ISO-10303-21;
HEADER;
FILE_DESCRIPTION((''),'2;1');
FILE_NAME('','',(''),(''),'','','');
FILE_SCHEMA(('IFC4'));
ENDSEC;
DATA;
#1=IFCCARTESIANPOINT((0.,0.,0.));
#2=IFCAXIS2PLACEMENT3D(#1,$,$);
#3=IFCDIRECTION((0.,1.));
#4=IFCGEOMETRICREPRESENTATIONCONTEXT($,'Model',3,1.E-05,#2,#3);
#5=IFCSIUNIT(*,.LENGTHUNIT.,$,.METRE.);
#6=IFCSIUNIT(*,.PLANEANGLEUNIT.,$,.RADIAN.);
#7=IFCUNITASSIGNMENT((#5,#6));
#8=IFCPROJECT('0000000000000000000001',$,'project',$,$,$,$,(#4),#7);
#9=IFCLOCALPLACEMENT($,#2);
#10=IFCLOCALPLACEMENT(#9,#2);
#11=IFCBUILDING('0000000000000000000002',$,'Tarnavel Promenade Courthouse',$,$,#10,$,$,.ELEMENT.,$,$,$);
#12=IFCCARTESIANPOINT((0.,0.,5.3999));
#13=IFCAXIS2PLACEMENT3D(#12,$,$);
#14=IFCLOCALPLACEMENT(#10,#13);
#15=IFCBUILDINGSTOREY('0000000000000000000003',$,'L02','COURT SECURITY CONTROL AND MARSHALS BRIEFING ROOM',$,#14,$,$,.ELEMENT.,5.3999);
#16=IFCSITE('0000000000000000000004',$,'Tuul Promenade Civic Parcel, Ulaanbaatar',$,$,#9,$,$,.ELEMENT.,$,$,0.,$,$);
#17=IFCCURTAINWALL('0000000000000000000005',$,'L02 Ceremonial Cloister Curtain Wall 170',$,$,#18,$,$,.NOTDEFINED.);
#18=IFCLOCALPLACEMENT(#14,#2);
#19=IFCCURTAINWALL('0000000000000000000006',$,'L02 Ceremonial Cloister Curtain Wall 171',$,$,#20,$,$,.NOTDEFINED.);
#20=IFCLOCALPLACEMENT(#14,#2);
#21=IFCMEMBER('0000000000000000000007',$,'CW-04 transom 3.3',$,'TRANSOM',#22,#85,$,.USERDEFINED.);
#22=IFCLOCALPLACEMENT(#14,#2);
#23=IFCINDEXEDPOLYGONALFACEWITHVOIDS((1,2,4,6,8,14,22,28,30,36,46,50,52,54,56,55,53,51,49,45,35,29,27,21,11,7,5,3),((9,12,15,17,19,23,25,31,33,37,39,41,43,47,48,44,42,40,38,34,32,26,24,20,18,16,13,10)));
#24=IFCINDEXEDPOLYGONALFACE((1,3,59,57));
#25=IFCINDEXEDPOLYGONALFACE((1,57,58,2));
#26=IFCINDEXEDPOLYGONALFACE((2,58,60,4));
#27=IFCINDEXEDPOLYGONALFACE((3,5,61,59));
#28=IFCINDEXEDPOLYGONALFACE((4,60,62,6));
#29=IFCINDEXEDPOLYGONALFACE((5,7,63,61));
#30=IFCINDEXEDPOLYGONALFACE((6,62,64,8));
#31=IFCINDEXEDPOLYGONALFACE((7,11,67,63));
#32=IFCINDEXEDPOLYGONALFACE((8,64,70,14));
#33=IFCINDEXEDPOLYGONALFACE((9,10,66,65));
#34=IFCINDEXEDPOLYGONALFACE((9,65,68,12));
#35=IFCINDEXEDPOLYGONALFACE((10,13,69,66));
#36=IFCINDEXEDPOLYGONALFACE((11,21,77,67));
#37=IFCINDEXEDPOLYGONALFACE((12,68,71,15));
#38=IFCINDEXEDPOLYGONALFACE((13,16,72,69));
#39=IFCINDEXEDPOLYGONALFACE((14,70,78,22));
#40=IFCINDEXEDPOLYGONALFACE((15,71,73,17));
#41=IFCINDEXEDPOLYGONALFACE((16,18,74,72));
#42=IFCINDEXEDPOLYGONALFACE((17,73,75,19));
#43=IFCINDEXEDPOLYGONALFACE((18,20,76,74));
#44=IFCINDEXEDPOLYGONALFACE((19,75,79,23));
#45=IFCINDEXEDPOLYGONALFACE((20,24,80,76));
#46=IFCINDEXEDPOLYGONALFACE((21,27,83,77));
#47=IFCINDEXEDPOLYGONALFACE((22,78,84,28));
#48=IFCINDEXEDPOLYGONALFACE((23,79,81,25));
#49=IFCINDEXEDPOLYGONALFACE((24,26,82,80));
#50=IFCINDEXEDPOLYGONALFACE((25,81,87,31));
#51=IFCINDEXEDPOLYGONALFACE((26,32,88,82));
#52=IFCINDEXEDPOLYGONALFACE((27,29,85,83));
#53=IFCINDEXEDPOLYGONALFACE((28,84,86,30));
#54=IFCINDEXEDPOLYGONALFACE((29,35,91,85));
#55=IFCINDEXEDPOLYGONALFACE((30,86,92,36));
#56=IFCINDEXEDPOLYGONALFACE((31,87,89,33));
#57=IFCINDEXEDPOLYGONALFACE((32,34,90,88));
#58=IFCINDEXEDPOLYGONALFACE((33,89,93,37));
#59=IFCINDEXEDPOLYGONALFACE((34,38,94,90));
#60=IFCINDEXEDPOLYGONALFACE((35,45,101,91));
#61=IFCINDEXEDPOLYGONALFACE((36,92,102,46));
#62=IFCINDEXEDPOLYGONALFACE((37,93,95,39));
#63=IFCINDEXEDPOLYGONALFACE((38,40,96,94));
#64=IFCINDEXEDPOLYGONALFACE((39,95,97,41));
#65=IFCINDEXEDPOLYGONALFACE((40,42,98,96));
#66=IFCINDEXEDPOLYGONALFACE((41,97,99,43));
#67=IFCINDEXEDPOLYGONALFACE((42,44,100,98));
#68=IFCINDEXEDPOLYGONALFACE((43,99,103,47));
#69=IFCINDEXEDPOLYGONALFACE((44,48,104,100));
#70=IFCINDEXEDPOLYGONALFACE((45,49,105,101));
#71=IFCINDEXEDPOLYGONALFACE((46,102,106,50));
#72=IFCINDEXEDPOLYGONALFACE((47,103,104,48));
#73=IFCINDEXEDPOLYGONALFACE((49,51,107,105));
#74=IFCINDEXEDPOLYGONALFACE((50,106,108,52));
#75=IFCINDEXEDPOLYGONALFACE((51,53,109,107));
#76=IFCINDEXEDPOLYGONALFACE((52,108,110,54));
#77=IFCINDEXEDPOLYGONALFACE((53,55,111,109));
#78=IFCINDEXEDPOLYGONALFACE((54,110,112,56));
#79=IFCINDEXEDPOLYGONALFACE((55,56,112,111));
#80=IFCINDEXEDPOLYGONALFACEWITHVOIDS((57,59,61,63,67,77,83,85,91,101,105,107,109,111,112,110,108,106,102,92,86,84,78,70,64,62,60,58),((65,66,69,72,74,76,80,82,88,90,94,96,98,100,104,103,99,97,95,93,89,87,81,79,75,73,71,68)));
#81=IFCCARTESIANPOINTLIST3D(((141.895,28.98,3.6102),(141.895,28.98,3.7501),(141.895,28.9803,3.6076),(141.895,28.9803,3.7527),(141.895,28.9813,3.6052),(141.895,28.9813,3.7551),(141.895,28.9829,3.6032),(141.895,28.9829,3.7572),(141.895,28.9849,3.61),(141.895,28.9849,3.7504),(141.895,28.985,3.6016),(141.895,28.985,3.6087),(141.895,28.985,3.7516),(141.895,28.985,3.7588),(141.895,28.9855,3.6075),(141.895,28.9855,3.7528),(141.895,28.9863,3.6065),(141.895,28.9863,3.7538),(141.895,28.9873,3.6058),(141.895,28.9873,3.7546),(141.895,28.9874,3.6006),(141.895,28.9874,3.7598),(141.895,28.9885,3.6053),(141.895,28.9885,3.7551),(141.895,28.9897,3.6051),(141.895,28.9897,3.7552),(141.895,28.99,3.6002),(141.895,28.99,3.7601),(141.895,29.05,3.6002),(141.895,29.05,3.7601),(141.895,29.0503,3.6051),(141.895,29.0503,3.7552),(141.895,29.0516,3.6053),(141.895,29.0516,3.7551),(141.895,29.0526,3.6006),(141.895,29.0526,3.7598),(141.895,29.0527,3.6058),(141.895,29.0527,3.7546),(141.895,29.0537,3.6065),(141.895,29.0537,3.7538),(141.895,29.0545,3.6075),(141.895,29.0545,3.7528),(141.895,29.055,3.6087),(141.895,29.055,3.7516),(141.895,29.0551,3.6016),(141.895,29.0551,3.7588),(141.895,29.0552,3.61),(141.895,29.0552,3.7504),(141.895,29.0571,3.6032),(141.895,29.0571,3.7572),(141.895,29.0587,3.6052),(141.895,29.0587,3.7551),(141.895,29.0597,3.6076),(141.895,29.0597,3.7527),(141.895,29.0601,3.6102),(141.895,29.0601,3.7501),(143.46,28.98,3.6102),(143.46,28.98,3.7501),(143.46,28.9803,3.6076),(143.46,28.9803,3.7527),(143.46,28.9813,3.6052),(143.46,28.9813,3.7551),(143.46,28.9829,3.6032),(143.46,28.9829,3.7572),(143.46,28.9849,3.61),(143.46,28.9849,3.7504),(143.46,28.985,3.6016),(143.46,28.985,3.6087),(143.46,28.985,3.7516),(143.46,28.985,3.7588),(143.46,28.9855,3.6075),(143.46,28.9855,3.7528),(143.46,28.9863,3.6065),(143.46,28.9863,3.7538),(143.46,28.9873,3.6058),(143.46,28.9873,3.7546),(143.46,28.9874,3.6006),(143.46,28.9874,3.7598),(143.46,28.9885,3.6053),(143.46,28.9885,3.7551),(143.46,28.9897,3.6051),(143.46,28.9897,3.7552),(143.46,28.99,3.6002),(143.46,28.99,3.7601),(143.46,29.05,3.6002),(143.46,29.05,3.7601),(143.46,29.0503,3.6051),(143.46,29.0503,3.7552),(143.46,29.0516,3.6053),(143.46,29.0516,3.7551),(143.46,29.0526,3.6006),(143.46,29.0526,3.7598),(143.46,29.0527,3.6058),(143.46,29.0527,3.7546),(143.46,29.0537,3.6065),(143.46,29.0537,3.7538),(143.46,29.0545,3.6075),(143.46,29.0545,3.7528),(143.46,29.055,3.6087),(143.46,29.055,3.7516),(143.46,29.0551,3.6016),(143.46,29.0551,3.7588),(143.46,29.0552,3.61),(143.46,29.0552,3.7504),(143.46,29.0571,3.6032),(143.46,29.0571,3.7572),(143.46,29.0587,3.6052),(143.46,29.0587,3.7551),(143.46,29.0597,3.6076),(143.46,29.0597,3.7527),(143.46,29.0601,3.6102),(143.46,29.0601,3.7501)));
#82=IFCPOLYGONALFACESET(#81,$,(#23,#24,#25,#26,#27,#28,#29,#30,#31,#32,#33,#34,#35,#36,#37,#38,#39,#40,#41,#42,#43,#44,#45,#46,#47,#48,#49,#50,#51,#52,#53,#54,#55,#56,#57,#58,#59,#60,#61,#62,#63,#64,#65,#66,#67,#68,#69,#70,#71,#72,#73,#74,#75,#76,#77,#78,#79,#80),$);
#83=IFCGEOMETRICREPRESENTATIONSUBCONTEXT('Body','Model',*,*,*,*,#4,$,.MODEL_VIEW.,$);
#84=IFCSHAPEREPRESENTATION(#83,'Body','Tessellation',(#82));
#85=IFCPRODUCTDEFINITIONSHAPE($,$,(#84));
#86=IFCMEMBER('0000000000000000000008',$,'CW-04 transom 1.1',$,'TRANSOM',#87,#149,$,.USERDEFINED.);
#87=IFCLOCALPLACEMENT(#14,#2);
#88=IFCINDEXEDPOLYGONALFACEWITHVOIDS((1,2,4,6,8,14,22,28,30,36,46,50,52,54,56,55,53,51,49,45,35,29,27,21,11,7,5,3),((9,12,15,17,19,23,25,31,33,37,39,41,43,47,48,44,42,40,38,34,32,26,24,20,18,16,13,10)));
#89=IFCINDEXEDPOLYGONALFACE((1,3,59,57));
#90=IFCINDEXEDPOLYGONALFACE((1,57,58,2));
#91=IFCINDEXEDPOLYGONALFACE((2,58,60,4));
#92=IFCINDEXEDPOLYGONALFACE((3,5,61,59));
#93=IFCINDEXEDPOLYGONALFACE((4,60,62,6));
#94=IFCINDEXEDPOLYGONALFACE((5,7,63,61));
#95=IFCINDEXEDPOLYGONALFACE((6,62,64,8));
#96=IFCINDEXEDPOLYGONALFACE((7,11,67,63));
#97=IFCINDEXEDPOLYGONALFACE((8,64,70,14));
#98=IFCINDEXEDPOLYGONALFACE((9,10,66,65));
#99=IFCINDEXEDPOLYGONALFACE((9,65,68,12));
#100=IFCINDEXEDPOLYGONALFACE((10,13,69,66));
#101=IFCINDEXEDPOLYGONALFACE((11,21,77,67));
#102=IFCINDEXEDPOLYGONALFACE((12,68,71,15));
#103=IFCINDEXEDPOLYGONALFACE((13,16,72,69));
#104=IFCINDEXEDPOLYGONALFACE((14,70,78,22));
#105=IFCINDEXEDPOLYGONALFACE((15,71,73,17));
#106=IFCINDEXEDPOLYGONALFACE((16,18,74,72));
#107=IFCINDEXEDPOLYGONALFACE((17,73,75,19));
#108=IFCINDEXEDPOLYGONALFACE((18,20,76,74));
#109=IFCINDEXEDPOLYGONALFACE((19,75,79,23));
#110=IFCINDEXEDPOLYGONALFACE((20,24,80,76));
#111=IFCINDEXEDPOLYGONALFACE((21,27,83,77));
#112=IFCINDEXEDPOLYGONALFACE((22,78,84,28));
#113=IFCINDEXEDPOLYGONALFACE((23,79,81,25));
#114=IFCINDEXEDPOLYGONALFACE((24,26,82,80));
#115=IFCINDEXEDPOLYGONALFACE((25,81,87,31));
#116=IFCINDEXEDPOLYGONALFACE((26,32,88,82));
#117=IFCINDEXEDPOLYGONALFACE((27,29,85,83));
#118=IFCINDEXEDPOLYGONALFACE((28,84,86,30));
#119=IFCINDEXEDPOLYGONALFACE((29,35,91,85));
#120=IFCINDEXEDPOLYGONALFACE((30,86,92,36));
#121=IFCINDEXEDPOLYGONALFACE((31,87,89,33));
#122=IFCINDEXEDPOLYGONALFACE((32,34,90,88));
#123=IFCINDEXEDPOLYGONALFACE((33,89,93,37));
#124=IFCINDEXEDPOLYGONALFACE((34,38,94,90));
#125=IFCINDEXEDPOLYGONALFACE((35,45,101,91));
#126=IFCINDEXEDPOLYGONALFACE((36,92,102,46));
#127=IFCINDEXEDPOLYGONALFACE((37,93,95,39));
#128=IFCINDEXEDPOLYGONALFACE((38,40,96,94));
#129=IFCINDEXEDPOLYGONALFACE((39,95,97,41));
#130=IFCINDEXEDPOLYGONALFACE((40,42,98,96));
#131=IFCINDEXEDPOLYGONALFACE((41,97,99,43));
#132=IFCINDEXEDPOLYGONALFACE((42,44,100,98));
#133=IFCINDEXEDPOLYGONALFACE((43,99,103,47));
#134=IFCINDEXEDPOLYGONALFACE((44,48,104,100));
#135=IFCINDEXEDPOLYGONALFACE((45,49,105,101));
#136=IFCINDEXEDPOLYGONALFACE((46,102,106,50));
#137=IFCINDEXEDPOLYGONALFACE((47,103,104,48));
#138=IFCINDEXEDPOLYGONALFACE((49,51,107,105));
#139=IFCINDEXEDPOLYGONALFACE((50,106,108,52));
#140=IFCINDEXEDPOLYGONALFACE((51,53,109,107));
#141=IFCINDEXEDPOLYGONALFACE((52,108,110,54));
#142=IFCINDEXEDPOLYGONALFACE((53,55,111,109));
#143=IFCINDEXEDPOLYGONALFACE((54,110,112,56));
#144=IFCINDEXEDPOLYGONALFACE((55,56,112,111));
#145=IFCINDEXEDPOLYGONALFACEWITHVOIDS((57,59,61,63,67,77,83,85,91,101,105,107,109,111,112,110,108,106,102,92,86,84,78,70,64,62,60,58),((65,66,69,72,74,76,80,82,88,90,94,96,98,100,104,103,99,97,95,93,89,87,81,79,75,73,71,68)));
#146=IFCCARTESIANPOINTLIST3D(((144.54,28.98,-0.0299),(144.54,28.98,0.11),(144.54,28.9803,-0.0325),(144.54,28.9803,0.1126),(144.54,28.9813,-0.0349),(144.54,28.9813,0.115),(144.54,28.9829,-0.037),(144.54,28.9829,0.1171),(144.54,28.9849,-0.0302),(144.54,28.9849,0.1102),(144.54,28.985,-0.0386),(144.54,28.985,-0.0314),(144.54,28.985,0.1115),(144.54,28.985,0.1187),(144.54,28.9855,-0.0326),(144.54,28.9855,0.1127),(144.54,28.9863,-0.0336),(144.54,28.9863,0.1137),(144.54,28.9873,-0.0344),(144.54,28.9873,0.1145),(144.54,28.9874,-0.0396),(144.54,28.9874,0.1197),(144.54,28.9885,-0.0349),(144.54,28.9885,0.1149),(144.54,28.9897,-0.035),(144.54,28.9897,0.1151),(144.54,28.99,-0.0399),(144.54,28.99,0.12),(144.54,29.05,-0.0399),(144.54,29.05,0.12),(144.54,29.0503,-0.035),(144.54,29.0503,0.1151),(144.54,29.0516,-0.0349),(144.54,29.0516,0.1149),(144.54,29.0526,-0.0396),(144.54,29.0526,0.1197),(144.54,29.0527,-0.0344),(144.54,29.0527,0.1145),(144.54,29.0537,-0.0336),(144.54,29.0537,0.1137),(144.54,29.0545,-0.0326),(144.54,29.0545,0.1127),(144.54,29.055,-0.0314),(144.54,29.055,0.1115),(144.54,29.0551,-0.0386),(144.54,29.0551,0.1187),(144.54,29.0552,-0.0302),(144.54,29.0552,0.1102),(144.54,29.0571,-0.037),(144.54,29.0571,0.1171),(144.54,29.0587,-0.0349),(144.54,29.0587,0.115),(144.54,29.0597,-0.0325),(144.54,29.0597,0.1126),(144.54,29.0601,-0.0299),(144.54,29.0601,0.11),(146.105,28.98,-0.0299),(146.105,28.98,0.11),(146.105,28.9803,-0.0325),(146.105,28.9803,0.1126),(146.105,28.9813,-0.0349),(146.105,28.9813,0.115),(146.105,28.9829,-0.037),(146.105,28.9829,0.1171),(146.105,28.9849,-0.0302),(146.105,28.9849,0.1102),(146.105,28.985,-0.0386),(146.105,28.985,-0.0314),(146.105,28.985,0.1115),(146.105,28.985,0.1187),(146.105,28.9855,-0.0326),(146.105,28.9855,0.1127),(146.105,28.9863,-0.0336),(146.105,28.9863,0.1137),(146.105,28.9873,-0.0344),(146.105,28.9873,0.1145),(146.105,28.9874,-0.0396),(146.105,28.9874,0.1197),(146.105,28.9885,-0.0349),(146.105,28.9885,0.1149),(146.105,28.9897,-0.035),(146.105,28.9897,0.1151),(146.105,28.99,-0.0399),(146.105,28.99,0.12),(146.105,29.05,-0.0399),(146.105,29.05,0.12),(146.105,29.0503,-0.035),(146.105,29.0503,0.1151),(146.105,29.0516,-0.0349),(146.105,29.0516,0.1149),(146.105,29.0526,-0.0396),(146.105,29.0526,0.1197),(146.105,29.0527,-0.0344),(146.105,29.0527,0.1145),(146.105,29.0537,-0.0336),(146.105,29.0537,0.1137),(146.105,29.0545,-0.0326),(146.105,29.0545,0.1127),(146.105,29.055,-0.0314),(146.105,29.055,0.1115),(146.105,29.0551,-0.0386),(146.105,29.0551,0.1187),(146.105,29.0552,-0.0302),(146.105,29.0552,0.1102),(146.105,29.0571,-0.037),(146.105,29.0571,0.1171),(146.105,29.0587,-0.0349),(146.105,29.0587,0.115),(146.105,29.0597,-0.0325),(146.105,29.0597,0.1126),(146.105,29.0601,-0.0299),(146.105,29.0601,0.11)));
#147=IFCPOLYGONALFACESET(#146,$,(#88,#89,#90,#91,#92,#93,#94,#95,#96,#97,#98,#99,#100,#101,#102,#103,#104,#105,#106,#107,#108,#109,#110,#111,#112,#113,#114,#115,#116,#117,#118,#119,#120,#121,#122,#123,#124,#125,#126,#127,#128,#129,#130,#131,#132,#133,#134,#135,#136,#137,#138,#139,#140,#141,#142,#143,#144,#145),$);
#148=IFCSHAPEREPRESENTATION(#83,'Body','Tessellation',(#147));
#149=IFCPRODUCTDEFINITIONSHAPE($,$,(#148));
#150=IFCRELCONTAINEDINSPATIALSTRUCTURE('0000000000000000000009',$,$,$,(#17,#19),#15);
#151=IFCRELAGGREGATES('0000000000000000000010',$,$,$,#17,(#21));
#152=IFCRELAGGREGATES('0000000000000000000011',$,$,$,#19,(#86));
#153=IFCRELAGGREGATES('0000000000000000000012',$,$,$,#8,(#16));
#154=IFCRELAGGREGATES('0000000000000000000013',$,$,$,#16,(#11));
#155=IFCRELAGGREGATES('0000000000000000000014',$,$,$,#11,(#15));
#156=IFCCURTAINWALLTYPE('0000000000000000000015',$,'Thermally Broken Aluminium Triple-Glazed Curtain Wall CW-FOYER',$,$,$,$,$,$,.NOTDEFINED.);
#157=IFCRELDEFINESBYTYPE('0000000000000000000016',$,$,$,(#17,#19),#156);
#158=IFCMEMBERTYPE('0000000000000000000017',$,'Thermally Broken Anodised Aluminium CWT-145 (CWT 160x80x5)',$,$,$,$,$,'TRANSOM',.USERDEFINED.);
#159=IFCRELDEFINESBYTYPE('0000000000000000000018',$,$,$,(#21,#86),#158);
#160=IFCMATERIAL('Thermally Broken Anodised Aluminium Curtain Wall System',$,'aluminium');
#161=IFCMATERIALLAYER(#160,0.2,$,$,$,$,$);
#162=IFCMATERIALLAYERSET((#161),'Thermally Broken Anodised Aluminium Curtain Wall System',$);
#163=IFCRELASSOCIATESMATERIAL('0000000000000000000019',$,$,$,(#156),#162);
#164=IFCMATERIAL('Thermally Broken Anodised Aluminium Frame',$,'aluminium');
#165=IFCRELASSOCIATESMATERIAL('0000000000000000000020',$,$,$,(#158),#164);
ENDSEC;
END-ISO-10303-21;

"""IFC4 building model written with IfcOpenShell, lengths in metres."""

from ifc_helpers import new_model, si_unit, direction, frame, origin, origin_2d, place, context, subcontext, project, spatial, hollow_rectangle, extrude, material, layer, layer_set, material_profile, profile_set, type_object, element, aggregate, save


model = new_model("IFC4")

# Units and contexts
model_context = context("Model", 3, precision=1e-05, world=origin(), true_north=direction((0.0, 1.0)))
body_context = subcontext(model_context, "Body", "Model", "MODEL_VIEW")
ifc_project = project(units=[si_unit("LENGTHUNIT", "METRE"), si_unit("PLANEANGLEUNIT", "RADIAN")], contexts=[model_context])

# Site, building, storey
site_placement = place(None, origin())
site = spatial("IfcSite", under=ifc_project, at=site_placement, Name="Tuul Promenade Civic Parcel, Ulaanbaatar", CompositionType="ELEMENT", RefElevation=0.0)
building_placement = place(site_placement, origin())
building = spatial("IfcBuilding", under=site, at=building_placement, Name="Tarnavel Promenade Courthouse", CompositionType="ELEMENT")
storey_placement = place(building_placement, frame((0.0, 0.0, 5.3999)))
storey = spatial("IfcBuildingStorey", under=building, at=storey_placement, Name="L02", Description="COURT SECURITY CONTROL AND MARSHALS BRIEFING ROOM", CompositionType="ELEMENT", Elevation=5.3999)

# Curtain walls
ifc_material_1 = material(Name="Thermally Broken Anodised Aluminium Curtain Wall System", Category="aluminium")
ifc_layer_1 = layer(ifc_material_1, 0.2)
ifc_layer_set_1 = layer_set([ifc_layer_1], Name="Thermally Broken Anodised Aluminium Curtain Wall System")
curtain_wall_type = type_object("IfcCurtainWallType", Name="Thermally Broken Aluminium Triple-Glazed Curtain Wall CW-FOYER", PredefinedType="NOTDEFINED", material=ifc_layer_set_1)
curtain_wall_1_placement = place(storey_placement, origin())
curtain_wall_1 = element("IfcCurtainWall", 1, at=curtain_wall_1_placement, inside=storey, type_object=curtain_wall_type, Name="L02 Ceremonial Cloister Curtain Wall 170", PredefinedType="NOTDEFINED")
ifc_material_2 = material(Name="Thermally Broken Anodised Aluminium Frame", Category="aluminium")
curtain_wall_2_placement = place(storey_placement, origin())
curtain_wall_2 = element("IfcCurtainWall", 2, at=curtain_wall_2_placement, inside=storey, type_object=curtain_wall_type, Name="L02 Ceremonial Cloister Curtain Wall 171", PredefinedType="NOTDEFINED")

# Members
ifc_material_profile_1 = material_profile(ifc_material_2, hollow_rectangle(XDim=0.0801, YDim=0.1599, WallThickness=0.0049, InnerFilletRadius=0.0049, OuterFilletRadius=0.01, at=origin_2d()), Name="CWT 160x80x5")
ifc_profile_set_1 = profile_set([ifc_material_profile_1], Name="Thermally Broken Anodised Aluminium Frame")
member_type_1 = type_object("IfcMemberType", Name="Thermally Broken Anodised Aluminium CWT-145 (CWT 160x80x5)", ElementType="TRANSOM", PredefinedType="USERDEFINED", material=ifc_profile_set_1)
member_1_placement = place(storey_placement, frame((141.895, 29.02, 3.6802), z_axis=(1.0, 0.0, 0.0), x_axis=(0.0, 1.0, 0.0)))
member_1 = element("IfcMember", 3, at=member_1_placement, type_object=member_type_1, Name="CW-04 transom 3.3", ObjectType="TRANSOM", PredefinedType="USERDEFINED", context=body_context, shape_type="SweptSolid", body=[
    extrude(hollow_rectangle(XDim=0.0801, YDim=0.1599, WallThickness=0.0049, InnerFilletRadius=0.0049, OuterFilletRadius=0.01, at=origin_2d()), origin(), (0.0, 0.0, 1.0), 1.5649),
])
member_2_placement = place(storey_placement, frame((144.54, 29.02, 0.04), z_axis=(1.0, 0.0, 0.0), x_axis=(0.0, 1.0, 0.0)))
member_2 = element("IfcMember", 4, at=member_2_placement, type_object=member_type_1, Name="CW-04 transom 1.1", ObjectType="TRANSOM", PredefinedType="USERDEFINED", context=body_context, shape_type="SweptSolid", body=[
    extrude(hollow_rectangle(XDim=0.0801, YDim=0.1599, WallThickness=0.0049, InnerFilletRadius=0.0049, OuterFilletRadius=0.01, at=origin_2d()), origin(), (0.0, 0.0, 1.0), 1.5649),
])

aggregate(curtain_wall_1, [member_1])
aggregate(curtain_wall_2, [member_2])

save(model, "model.ifc")
